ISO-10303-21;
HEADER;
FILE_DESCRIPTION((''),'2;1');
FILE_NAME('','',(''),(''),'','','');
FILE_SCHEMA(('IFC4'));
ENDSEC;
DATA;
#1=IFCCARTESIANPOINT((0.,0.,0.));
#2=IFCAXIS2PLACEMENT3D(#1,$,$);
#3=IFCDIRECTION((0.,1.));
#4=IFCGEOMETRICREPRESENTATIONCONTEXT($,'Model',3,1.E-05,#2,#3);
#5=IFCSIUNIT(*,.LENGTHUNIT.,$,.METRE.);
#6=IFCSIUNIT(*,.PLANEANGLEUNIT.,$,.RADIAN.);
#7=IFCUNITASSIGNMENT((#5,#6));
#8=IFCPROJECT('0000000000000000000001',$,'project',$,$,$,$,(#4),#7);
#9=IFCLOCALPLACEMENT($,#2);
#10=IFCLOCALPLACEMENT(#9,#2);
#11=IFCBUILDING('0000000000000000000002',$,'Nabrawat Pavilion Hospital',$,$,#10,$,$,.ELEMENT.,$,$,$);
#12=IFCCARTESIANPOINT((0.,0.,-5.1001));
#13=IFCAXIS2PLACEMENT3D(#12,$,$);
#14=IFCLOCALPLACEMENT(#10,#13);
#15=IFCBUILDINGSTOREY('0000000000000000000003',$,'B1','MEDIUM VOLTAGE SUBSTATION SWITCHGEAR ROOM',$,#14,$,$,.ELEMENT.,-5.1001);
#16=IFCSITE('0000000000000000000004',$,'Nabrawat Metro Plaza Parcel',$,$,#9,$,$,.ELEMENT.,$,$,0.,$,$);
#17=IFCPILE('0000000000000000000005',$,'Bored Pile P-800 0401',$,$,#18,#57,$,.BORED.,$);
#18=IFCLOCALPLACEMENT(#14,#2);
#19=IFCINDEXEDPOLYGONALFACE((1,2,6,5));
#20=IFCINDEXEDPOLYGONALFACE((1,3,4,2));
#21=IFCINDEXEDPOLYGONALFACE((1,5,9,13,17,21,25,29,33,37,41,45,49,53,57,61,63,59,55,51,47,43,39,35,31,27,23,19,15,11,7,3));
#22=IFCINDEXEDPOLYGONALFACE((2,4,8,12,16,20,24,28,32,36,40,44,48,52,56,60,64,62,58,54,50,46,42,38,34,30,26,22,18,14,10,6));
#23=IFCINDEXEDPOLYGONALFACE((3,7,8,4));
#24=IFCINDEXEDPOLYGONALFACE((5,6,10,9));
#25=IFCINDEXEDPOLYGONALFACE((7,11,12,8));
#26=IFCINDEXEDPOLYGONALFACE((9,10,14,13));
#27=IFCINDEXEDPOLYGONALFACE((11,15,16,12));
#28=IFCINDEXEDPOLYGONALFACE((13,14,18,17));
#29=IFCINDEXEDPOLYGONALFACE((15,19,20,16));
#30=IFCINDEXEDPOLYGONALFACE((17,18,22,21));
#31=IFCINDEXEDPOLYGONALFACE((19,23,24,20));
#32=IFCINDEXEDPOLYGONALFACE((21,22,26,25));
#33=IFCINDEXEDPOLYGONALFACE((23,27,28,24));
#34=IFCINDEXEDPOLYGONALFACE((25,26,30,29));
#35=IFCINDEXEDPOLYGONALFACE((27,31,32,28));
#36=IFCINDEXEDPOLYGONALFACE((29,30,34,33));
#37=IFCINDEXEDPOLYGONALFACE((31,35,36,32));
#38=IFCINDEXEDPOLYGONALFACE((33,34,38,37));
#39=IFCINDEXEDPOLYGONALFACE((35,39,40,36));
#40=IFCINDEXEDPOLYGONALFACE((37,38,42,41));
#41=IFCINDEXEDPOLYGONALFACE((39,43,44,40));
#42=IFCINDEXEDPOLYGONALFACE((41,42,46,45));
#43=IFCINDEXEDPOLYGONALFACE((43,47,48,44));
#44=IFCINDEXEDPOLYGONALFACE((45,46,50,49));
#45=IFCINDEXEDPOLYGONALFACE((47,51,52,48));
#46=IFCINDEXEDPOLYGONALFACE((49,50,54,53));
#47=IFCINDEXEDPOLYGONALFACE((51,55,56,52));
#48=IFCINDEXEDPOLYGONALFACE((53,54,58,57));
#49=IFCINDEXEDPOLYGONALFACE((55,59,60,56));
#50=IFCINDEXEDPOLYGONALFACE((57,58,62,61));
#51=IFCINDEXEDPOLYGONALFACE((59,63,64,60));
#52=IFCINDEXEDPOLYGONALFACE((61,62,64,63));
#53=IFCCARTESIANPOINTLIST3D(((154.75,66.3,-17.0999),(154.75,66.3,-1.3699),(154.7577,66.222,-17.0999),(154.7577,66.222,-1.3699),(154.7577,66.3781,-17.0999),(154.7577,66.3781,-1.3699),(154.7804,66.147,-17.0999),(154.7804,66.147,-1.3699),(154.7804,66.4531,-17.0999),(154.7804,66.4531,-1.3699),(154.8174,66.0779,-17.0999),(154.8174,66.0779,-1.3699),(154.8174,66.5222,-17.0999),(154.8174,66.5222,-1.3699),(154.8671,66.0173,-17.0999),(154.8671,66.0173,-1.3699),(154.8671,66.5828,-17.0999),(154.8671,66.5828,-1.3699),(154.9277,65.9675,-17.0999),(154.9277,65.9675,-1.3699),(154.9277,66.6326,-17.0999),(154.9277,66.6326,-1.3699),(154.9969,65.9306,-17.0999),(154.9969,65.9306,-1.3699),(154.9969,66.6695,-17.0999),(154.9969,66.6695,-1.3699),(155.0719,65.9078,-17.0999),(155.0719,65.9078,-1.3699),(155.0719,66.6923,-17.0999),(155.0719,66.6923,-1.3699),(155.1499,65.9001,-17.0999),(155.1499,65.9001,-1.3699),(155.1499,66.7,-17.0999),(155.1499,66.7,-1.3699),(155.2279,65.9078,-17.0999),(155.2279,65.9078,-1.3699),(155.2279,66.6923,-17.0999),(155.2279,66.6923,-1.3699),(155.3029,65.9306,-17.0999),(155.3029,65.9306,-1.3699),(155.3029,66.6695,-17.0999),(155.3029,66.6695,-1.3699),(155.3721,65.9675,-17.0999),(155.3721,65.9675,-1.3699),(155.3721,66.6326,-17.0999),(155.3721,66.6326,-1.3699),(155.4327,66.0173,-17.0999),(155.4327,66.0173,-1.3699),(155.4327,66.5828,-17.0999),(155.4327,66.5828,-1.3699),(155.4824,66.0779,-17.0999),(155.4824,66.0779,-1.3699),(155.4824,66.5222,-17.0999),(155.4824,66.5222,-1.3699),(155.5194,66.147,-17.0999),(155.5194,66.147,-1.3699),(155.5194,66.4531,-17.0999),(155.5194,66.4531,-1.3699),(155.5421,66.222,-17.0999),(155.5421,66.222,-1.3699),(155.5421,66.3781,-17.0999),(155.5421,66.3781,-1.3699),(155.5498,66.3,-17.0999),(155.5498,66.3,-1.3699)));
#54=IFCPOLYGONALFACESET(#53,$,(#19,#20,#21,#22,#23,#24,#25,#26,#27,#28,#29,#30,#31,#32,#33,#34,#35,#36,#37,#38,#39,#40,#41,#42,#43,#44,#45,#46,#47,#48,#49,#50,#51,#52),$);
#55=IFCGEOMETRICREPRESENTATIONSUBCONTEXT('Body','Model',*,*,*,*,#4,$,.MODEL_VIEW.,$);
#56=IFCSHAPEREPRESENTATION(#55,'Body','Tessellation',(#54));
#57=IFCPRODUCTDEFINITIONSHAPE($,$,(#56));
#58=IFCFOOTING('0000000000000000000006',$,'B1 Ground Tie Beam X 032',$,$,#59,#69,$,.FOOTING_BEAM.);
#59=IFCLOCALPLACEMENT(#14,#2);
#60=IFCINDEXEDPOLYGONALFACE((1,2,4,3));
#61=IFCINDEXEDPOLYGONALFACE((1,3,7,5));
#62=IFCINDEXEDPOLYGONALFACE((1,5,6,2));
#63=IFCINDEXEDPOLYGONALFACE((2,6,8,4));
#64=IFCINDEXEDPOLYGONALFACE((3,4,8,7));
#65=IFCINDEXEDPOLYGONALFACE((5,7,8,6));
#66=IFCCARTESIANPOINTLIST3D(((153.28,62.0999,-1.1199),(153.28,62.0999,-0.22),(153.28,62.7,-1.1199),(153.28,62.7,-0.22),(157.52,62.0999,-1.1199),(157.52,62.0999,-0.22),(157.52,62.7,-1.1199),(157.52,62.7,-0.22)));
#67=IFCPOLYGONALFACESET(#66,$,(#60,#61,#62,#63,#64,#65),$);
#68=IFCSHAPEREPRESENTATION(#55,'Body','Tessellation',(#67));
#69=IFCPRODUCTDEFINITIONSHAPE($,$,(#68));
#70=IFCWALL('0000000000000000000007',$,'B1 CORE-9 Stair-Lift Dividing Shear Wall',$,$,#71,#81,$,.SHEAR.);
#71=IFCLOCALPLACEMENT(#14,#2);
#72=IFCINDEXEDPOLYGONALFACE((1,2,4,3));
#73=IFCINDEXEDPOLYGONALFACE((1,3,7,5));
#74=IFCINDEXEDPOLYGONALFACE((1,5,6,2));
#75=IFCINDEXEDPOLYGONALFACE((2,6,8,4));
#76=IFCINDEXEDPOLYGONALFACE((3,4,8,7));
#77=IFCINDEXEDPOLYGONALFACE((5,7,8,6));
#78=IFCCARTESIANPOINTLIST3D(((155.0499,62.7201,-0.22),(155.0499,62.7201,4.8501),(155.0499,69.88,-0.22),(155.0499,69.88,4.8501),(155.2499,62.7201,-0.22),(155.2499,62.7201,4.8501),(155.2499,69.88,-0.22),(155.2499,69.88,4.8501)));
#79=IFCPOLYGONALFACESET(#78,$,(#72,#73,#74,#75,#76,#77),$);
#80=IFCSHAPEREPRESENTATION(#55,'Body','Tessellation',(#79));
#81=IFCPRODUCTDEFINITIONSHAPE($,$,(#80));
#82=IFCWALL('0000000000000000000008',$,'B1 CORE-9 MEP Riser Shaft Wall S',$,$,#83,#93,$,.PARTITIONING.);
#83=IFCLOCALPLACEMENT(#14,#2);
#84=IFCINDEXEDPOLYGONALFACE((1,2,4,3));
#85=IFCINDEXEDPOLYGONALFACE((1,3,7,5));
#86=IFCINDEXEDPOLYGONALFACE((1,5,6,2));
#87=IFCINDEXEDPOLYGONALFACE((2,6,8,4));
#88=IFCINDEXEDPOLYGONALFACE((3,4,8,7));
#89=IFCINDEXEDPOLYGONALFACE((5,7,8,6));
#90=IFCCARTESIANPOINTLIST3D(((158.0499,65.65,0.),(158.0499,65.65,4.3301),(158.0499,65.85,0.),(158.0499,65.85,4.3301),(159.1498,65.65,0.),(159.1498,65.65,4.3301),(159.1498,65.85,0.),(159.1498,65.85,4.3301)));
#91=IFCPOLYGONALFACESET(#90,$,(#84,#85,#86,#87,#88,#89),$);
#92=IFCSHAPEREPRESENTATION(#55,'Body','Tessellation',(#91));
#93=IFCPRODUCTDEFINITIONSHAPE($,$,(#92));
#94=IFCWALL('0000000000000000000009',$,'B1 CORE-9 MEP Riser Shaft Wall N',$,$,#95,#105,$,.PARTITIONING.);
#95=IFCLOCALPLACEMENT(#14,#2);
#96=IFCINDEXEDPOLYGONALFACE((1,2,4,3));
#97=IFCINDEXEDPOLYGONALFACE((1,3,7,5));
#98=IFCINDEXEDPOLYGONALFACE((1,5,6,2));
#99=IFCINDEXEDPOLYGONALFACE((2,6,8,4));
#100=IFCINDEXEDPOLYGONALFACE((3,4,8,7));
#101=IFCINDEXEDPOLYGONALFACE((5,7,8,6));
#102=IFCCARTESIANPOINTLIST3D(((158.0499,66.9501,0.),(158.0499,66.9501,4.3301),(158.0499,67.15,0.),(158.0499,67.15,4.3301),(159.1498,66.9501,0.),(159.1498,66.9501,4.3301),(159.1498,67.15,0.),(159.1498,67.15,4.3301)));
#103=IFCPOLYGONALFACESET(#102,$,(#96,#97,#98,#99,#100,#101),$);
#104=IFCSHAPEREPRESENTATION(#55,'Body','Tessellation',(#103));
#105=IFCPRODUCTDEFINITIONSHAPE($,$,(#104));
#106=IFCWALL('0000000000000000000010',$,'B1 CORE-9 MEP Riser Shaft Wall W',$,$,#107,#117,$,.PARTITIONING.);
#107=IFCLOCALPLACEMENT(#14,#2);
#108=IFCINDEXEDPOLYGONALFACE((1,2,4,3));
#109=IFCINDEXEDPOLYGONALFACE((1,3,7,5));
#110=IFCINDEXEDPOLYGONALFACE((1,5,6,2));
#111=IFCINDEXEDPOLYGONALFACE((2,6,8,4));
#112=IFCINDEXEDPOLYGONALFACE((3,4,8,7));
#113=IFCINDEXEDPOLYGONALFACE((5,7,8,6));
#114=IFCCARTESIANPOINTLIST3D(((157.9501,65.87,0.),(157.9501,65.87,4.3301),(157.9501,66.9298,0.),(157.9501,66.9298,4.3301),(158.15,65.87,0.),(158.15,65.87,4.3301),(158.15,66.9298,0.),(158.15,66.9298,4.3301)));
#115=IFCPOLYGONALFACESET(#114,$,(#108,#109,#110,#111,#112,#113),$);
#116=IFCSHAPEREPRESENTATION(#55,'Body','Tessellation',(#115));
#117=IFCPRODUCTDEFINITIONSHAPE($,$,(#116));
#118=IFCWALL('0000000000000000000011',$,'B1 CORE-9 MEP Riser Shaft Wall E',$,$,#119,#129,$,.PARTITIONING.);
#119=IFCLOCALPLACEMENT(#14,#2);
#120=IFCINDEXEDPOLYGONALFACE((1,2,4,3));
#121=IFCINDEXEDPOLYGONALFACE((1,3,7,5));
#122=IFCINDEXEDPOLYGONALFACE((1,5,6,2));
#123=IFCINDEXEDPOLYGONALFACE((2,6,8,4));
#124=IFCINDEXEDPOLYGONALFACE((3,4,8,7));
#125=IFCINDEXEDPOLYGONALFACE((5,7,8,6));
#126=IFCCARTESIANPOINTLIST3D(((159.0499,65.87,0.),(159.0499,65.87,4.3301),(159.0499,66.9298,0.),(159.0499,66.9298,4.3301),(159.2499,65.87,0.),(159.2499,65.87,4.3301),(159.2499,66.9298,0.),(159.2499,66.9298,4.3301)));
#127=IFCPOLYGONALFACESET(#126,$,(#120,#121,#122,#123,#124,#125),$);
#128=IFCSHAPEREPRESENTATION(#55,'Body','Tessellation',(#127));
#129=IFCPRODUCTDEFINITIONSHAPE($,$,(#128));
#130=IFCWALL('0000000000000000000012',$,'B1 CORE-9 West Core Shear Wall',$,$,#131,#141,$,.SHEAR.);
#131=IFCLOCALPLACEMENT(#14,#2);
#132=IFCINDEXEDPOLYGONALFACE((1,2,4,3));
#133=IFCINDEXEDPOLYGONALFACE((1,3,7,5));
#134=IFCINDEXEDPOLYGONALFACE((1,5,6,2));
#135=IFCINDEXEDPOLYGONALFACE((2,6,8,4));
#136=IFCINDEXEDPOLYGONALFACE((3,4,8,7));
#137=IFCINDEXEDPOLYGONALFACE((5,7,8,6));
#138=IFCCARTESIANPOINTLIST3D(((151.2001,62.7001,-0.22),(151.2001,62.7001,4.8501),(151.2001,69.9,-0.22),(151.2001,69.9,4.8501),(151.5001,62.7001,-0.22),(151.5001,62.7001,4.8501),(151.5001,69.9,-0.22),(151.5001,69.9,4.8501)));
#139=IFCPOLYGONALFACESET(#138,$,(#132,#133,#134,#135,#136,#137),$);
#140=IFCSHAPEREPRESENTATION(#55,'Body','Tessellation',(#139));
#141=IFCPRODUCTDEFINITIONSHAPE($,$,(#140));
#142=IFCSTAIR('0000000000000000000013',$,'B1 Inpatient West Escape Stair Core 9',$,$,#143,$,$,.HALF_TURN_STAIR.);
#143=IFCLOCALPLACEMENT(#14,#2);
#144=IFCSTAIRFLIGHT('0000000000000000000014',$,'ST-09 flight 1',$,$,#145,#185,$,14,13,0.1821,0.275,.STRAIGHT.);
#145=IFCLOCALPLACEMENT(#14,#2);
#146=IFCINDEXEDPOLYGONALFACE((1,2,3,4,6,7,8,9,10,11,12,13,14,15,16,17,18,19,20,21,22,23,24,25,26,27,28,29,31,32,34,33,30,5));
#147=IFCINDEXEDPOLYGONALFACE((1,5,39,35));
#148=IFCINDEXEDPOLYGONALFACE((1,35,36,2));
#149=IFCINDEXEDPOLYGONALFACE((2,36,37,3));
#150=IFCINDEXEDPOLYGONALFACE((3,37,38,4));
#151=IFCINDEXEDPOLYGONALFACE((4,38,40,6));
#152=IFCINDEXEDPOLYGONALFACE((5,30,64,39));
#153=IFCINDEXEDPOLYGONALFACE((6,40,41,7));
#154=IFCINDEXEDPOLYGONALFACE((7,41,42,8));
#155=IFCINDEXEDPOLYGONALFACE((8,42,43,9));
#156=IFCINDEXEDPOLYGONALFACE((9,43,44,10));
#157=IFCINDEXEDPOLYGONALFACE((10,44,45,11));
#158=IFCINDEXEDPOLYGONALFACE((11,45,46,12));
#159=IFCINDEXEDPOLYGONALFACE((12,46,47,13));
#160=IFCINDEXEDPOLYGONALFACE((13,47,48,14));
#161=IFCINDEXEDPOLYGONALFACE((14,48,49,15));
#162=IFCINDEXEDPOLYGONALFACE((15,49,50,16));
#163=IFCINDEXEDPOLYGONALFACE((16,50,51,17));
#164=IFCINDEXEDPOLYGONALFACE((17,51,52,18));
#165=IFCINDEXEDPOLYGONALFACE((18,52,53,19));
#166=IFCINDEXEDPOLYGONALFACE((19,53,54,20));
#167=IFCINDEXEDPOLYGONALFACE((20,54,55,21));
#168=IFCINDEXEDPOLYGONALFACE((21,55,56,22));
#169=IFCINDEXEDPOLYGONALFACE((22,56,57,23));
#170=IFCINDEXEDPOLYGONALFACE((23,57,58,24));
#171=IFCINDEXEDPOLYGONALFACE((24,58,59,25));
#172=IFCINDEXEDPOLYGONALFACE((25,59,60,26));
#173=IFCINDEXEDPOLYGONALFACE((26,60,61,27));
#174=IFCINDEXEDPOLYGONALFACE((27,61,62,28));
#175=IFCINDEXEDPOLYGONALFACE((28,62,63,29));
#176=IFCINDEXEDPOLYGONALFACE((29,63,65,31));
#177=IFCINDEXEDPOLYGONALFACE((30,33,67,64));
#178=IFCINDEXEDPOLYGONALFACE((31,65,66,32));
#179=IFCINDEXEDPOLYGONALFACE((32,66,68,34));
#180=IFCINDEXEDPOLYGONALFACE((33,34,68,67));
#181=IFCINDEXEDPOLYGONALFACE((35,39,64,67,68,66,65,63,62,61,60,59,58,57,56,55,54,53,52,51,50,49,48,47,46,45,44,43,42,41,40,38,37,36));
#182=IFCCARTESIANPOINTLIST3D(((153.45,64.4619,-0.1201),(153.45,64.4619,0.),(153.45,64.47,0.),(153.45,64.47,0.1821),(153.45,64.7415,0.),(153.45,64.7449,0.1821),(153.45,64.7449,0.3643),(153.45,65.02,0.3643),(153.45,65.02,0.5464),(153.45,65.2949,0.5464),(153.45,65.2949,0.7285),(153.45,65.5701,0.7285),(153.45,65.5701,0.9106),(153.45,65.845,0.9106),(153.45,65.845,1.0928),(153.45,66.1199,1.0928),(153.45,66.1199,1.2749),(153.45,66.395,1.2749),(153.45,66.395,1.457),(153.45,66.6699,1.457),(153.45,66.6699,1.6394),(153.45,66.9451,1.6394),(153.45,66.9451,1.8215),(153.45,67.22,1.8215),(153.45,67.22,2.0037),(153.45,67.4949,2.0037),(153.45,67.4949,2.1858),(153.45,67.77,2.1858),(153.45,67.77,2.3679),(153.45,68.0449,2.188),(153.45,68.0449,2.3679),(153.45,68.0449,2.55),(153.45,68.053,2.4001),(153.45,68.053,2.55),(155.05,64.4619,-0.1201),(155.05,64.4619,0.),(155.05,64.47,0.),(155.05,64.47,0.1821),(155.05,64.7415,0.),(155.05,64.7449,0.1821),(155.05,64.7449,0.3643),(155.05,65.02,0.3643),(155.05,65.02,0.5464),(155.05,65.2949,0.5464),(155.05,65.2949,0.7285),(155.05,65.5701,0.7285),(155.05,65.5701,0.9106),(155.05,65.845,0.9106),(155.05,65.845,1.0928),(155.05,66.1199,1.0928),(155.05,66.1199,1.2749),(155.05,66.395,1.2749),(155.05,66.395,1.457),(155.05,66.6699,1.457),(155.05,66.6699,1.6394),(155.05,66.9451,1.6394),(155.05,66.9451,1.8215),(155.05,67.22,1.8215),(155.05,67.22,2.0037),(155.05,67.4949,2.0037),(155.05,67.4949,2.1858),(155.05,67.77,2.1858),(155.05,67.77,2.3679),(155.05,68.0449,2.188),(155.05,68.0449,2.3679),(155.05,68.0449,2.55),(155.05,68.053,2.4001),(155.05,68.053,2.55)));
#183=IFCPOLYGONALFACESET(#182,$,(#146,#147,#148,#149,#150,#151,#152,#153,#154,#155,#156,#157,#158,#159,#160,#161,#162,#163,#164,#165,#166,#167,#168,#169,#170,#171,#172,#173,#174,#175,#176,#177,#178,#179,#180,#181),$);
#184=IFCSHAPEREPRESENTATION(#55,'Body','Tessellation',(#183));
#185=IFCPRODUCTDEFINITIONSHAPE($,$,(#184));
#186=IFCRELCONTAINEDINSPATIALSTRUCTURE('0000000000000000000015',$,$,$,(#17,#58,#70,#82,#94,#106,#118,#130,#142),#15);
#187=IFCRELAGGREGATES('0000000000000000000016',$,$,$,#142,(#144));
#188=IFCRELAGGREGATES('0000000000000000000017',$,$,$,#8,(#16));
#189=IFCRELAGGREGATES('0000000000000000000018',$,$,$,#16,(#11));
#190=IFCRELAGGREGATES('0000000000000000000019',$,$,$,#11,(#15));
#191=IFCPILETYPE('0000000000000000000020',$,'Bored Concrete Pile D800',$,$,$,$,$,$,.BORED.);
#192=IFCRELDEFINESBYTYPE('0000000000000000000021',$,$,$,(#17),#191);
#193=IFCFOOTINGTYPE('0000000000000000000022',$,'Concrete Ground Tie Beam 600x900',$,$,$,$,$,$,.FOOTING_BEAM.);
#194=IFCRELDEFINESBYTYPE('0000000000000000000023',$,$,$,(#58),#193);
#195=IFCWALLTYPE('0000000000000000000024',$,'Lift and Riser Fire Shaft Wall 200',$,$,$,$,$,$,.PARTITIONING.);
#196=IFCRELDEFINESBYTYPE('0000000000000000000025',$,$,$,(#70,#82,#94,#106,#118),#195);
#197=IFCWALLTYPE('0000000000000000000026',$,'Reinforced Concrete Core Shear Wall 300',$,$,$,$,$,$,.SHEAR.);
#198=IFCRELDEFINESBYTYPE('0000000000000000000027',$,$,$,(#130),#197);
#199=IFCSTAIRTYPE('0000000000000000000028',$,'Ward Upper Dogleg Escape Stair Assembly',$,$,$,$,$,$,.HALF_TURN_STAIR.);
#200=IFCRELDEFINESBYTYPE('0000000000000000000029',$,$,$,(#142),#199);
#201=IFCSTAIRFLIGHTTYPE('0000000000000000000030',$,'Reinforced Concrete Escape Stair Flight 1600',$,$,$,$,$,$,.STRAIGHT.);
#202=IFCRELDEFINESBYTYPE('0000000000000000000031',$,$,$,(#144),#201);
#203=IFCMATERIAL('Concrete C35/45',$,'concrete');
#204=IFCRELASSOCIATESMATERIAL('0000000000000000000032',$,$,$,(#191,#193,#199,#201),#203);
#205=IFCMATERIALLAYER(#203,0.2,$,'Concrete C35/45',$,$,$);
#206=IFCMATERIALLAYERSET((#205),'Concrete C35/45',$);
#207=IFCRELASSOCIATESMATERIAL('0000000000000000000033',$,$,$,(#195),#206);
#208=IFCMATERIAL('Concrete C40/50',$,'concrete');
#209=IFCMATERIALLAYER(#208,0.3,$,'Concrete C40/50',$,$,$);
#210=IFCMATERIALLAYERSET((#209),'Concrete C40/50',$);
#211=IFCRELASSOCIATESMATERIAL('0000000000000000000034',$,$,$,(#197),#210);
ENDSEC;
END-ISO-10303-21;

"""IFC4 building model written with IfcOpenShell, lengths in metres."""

from ifc_helpers import new_model, si_unit, direction, frame, frame_2d, origin, origin_2d, place, context, subcontext, project, spatial, polyline, rectangle, circle, outline, extrude, material, layer, layer_set, material_profile, profile_set, type_object, element, aggregate, save


model = new_model("IFC4")

# Units and contexts
model_context = context("Model", 3, precision=1e-05, world=origin(), true_north=direction((0.0, 1.0)))
body_context = subcontext(model_context, "Body", "Model", "MODEL_VIEW")
ifc_project = project(units=[si_unit("LENGTHUNIT", "METRE"), si_unit("PLANEANGLEUNIT", "RADIAN")], contexts=[model_context])

# Site, building, storey
site_placement = place(None, origin())
site = spatial("IfcSite", under=ifc_project, at=site_placement, Name="Nabrawat Metro Plaza Parcel", CompositionType="ELEMENT", RefElevation=0.0)
building_placement = place(site_placement, origin())
building = spatial("IfcBuilding", under=site, at=building_placement, Name="Nabrawat Pavilion Hospital", CompositionType="ELEMENT")
storey_placement = place(building_placement, frame((0.0, 0.0, -5.1001)))
storey = spatial("IfcBuildingStorey", under=building, at=storey_placement, Name="B1", Description="MEDIUM VOLTAGE SUBSTATION SWITCHGEAR ROOM", CompositionType="ELEMENT", Elevation=-5.1001)

# Pile
ifc_material_1 = material(Name="Concrete C35/45", Category="concrete")
ifc_material_profile_1 = material_profile(ifc_material_1, circle(Radius=0.3999, at=origin_2d()), Name="DIA 800")
ifc_profile_set_1 = profile_set([ifc_material_profile_1], Name="Concrete C35/45")
pile_type_1 = type_object("IfcPileType", Name="Bored Concrete Pile D800", PredefinedType="BORED", material=ifc_profile_set_1)
for number, where, z_axis, x_axis, name in (
    (1, (155.1499, 66.3, -1.3699), (0.0, 0.0, -1.0), (1.0, 0.0, 0.0), "Bored Pile P-800 0401"),
):
    element("IfcPile", number, at=place(storey_placement, frame(where, z_axis=z_axis, x_axis=x_axis)), inside=storey, type_object=pile_type_1, Name=name, PredefinedType="BORED", context=body_context, shape_type="SweptSolid", body=[
        extrude(circle(Radius=0.3999, at=origin_2d()), origin(), (0.0, 0.0, 1.0), 15.73),
    ])

# Footing
ifc_material_profile_2 = material_profile(ifc_material_1, rectangle(XDim=0.6001, YDim=0.8999, at=origin_2d()), Name="RC 600x900")
ifc_profile_set_2 = profile_set([ifc_material_profile_2], Name="Concrete C35/45")
footing_type = type_object("IfcFootingType", Name="Concrete Ground Tie Beam 600x900", PredefinedType="FOOTING_BEAM", material=ifc_profile_set_2)
footing_placement = place(storey_placement, frame((153.28, 62.3999, -0.6699), z_axis=(1.0, 0.0, 0.0), x_axis=(0.0, 1.0, 0.0)))
element("IfcFooting", 2, at=footing_placement, inside=storey, type_object=footing_type, Name="B1 Ground Tie Beam X 032", PredefinedType="FOOTING_BEAM", context=body_context, shape_type="SweptSolid", body=[
    extrude(rectangle(XDim=0.6001, YDim=0.8999, at=origin_2d()), origin(), (0.0, 0.0, 1.0), 4.24),
])

# Walls
ifc_layer_1 = layer(ifc_material_1, 0.2, Name="Concrete C35/45")
ifc_layer_set_1 = layer_set([ifc_layer_1], Name="Concrete C35/45")
wall_type_1 = type_object("IfcWallType", Name="Lift and Riser Fire Shaft Wall 200", PredefinedType="PARTITIONING", material=ifc_layer_set_1)
wall_1_placement = place(storey_placement, frame((155.1499, 62.72, -0.22), z_axis=(0.0, 0.0, 1.0), x_axis=(0.0, 1.0, 0.0)))
element("IfcWall", 3, at=wall_1_placement, inside=storey, type_object=wall_type_1, Name="B1 CORE-9 Stair-Lift Dividing Shear Wall", PredefinedType="SHEAR", context=body_context, shape_type="SweptSolid", body=[
    extrude(rectangle(XDim=7.1599, YDim=0.2, at=frame_2d((3.5801, 0.0))), origin(), (0.0, 0.0, 1.0), 5.0701),
])
for number, where, z_axis, x_axis, name in (
    (4, (158.05, 65.75, 0.0), (0.0, 0.0, 1.0), (1.0, 0.0, 0.0), "B1 CORE-9 MEP Riser Shaft Wall S"),
    (5, (158.05, 67.05, 0.0), (0.0, 0.0, 1.0), (1.0, 0.0, 0.0), "B1 CORE-9 MEP Riser Shaft Wall N"),
):
    element("IfcWall", number, at=place(storey_placement, frame(where, z_axis=z_axis, x_axis=x_axis)), inside=storey, type_object=wall_type_1, Name=name, PredefinedType="PARTITIONING", context=body_context, shape_type="SweptSolid", body=[
        extrude(rectangle(XDim=1.0999, YDim=0.2, at=frame_2d((0.5498, 0.0))), origin(), (0.0, 0.0, 1.0), 4.3301),
    ])
for number, where, z_axis, x_axis, name in (
    (6, (158.05, 65.8701, 0.0), (0.0, 0.0, 1.0), (0.0, 1.0, 0.0), "B1 CORE-9 MEP Riser Shaft Wall W"),
    (7, (159.1499, 65.8701, 0.0), (0.0, 0.0, 1.0), (0.0, 1.0, 0.0), "B1 CORE-9 MEP Riser Shaft Wall E"),
):
    element("IfcWall", number, at=place(storey_placement, frame(where, z_axis=z_axis, x_axis=x_axis)), inside=storey, type_object=wall_type_1, Name=name, PredefinedType="PARTITIONING", context=body_context, shape_type="SweptSolid", body=[
        extrude(rectangle(XDim=1.0598, YDim=0.2, at=frame_2d((0.5298, 0.0))), origin(), (0.0, 0.0, 1.0), 4.3301),
    ])
ifc_material_2 = material(Name="Concrete C40/50", Category="concrete")
ifc_layer_2 = layer(ifc_material_2, 0.3, Name="Concrete C40/50")
ifc_layer_set_2 = layer_set([ifc_layer_2], Name="Concrete C40/50")
wall_type_2 = type_object("IfcWallType", Name="Reinforced Concrete Core Shear Wall 300", PredefinedType="SHEAR", material=ifc_layer_set_2)
wall_2_placement = place(storey_placement, frame((151.3501, 62.7, -0.22), z_axis=(0.0, 0.0, 1.0), x_axis=(0.0, 1.0, 0.0)))
element("IfcWall", 8, at=wall_2_placement, inside=storey, type_object=wall_type_2, Name="B1 CORE-9 West Core Shear Wall", PredefinedType="SHEAR", context=body_context, shape_type="SweptSolid", body=[
    extrude(rectangle(XDim=7.2, YDim=0.3, at=frame_2d((3.6001, 0.0))), origin(), (0.0, 0.0, 1.0), 5.0701),
])

# Stair, stair flight
stair_type = type_object("IfcStairType", Name="Ward Upper Dogleg Escape Stair Assembly", PredefinedType="HALF_TURN_STAIR", material=ifc_material_1)
stair_placement = place(storey_placement, origin())
stair = element("IfcStair", 9, at=stair_placement, inside=storey, type_object=stair_type, Name="B1 Inpatient West Escape Stair Core 9", PredefinedType="HALF_TURN_STAIR")
stair_flight_type = type_object("IfcStairFlightType", Name="Reinforced Concrete Escape Stair Flight 1600", PredefinedType="STRAIGHT", material=ifc_material_1)
stair_flight_1_placement = place(storey_placement, frame((154.25, 64.47, 0.0), z_axis=(0.0, 0.0, 1.0), x_axis=(0.0, 1.0, 0.0)))
stair_flight_1 = element("IfcStairFlight", 10, at=stair_flight_1_placement, type_object=stair_flight_type, Name="ST-09 flight 1", NumberOfRisers=14, NumberOfTreads=13, PredefinedType="STRAIGHT", RiserHeight=0.1821, TreadLength=0.275, context=body_context, shape_type="SweptSolid", body=[
    extrude(outline(polyline([(-0.0081, 0.0), (0.0, 0.0), (0.0, 0.1821), (0.2749, 0.1821), (0.2749, 0.3643), (0.55, 0.3643), (0.55, 0.5464), (0.825, 0.5464), (0.825, 0.7285), (1.1001, 0.7285), (1.1001, 0.9106), (1.375, 0.9106), (1.375, 1.0928), (1.6499, 1.0928), (1.6499, 1.2749), (1.925, 1.2749), (1.925, 1.457), (2.2, 1.457), (2.2, 1.6394), (2.4751, 1.6394), (2.4751, 1.8215), (2.75, 1.8215), (2.75, 2.0037), (3.0249, 2.0037), (3.0249, 2.1858), (3.3, 2.1858), (3.3, 2.3679), (3.575, 2.3679), (3.575, 2.55), (3.583, 2.55), (3.583, 2.4001), (3.575, 2.188), (0.2715, 0.0), (-0.0081, -0.1201), (-0.0081, 0.0)])), frame((0.0, 0.8, 0.0), z_axis=(0.0, -1.0, 0.0), x_axis=(1.0, 0.0, 0.0)), (0.0, 0.0, 1.0), 1.6001),
])
aggregate(stair, [stair_flight_1])

save(model, "model.ifc")
